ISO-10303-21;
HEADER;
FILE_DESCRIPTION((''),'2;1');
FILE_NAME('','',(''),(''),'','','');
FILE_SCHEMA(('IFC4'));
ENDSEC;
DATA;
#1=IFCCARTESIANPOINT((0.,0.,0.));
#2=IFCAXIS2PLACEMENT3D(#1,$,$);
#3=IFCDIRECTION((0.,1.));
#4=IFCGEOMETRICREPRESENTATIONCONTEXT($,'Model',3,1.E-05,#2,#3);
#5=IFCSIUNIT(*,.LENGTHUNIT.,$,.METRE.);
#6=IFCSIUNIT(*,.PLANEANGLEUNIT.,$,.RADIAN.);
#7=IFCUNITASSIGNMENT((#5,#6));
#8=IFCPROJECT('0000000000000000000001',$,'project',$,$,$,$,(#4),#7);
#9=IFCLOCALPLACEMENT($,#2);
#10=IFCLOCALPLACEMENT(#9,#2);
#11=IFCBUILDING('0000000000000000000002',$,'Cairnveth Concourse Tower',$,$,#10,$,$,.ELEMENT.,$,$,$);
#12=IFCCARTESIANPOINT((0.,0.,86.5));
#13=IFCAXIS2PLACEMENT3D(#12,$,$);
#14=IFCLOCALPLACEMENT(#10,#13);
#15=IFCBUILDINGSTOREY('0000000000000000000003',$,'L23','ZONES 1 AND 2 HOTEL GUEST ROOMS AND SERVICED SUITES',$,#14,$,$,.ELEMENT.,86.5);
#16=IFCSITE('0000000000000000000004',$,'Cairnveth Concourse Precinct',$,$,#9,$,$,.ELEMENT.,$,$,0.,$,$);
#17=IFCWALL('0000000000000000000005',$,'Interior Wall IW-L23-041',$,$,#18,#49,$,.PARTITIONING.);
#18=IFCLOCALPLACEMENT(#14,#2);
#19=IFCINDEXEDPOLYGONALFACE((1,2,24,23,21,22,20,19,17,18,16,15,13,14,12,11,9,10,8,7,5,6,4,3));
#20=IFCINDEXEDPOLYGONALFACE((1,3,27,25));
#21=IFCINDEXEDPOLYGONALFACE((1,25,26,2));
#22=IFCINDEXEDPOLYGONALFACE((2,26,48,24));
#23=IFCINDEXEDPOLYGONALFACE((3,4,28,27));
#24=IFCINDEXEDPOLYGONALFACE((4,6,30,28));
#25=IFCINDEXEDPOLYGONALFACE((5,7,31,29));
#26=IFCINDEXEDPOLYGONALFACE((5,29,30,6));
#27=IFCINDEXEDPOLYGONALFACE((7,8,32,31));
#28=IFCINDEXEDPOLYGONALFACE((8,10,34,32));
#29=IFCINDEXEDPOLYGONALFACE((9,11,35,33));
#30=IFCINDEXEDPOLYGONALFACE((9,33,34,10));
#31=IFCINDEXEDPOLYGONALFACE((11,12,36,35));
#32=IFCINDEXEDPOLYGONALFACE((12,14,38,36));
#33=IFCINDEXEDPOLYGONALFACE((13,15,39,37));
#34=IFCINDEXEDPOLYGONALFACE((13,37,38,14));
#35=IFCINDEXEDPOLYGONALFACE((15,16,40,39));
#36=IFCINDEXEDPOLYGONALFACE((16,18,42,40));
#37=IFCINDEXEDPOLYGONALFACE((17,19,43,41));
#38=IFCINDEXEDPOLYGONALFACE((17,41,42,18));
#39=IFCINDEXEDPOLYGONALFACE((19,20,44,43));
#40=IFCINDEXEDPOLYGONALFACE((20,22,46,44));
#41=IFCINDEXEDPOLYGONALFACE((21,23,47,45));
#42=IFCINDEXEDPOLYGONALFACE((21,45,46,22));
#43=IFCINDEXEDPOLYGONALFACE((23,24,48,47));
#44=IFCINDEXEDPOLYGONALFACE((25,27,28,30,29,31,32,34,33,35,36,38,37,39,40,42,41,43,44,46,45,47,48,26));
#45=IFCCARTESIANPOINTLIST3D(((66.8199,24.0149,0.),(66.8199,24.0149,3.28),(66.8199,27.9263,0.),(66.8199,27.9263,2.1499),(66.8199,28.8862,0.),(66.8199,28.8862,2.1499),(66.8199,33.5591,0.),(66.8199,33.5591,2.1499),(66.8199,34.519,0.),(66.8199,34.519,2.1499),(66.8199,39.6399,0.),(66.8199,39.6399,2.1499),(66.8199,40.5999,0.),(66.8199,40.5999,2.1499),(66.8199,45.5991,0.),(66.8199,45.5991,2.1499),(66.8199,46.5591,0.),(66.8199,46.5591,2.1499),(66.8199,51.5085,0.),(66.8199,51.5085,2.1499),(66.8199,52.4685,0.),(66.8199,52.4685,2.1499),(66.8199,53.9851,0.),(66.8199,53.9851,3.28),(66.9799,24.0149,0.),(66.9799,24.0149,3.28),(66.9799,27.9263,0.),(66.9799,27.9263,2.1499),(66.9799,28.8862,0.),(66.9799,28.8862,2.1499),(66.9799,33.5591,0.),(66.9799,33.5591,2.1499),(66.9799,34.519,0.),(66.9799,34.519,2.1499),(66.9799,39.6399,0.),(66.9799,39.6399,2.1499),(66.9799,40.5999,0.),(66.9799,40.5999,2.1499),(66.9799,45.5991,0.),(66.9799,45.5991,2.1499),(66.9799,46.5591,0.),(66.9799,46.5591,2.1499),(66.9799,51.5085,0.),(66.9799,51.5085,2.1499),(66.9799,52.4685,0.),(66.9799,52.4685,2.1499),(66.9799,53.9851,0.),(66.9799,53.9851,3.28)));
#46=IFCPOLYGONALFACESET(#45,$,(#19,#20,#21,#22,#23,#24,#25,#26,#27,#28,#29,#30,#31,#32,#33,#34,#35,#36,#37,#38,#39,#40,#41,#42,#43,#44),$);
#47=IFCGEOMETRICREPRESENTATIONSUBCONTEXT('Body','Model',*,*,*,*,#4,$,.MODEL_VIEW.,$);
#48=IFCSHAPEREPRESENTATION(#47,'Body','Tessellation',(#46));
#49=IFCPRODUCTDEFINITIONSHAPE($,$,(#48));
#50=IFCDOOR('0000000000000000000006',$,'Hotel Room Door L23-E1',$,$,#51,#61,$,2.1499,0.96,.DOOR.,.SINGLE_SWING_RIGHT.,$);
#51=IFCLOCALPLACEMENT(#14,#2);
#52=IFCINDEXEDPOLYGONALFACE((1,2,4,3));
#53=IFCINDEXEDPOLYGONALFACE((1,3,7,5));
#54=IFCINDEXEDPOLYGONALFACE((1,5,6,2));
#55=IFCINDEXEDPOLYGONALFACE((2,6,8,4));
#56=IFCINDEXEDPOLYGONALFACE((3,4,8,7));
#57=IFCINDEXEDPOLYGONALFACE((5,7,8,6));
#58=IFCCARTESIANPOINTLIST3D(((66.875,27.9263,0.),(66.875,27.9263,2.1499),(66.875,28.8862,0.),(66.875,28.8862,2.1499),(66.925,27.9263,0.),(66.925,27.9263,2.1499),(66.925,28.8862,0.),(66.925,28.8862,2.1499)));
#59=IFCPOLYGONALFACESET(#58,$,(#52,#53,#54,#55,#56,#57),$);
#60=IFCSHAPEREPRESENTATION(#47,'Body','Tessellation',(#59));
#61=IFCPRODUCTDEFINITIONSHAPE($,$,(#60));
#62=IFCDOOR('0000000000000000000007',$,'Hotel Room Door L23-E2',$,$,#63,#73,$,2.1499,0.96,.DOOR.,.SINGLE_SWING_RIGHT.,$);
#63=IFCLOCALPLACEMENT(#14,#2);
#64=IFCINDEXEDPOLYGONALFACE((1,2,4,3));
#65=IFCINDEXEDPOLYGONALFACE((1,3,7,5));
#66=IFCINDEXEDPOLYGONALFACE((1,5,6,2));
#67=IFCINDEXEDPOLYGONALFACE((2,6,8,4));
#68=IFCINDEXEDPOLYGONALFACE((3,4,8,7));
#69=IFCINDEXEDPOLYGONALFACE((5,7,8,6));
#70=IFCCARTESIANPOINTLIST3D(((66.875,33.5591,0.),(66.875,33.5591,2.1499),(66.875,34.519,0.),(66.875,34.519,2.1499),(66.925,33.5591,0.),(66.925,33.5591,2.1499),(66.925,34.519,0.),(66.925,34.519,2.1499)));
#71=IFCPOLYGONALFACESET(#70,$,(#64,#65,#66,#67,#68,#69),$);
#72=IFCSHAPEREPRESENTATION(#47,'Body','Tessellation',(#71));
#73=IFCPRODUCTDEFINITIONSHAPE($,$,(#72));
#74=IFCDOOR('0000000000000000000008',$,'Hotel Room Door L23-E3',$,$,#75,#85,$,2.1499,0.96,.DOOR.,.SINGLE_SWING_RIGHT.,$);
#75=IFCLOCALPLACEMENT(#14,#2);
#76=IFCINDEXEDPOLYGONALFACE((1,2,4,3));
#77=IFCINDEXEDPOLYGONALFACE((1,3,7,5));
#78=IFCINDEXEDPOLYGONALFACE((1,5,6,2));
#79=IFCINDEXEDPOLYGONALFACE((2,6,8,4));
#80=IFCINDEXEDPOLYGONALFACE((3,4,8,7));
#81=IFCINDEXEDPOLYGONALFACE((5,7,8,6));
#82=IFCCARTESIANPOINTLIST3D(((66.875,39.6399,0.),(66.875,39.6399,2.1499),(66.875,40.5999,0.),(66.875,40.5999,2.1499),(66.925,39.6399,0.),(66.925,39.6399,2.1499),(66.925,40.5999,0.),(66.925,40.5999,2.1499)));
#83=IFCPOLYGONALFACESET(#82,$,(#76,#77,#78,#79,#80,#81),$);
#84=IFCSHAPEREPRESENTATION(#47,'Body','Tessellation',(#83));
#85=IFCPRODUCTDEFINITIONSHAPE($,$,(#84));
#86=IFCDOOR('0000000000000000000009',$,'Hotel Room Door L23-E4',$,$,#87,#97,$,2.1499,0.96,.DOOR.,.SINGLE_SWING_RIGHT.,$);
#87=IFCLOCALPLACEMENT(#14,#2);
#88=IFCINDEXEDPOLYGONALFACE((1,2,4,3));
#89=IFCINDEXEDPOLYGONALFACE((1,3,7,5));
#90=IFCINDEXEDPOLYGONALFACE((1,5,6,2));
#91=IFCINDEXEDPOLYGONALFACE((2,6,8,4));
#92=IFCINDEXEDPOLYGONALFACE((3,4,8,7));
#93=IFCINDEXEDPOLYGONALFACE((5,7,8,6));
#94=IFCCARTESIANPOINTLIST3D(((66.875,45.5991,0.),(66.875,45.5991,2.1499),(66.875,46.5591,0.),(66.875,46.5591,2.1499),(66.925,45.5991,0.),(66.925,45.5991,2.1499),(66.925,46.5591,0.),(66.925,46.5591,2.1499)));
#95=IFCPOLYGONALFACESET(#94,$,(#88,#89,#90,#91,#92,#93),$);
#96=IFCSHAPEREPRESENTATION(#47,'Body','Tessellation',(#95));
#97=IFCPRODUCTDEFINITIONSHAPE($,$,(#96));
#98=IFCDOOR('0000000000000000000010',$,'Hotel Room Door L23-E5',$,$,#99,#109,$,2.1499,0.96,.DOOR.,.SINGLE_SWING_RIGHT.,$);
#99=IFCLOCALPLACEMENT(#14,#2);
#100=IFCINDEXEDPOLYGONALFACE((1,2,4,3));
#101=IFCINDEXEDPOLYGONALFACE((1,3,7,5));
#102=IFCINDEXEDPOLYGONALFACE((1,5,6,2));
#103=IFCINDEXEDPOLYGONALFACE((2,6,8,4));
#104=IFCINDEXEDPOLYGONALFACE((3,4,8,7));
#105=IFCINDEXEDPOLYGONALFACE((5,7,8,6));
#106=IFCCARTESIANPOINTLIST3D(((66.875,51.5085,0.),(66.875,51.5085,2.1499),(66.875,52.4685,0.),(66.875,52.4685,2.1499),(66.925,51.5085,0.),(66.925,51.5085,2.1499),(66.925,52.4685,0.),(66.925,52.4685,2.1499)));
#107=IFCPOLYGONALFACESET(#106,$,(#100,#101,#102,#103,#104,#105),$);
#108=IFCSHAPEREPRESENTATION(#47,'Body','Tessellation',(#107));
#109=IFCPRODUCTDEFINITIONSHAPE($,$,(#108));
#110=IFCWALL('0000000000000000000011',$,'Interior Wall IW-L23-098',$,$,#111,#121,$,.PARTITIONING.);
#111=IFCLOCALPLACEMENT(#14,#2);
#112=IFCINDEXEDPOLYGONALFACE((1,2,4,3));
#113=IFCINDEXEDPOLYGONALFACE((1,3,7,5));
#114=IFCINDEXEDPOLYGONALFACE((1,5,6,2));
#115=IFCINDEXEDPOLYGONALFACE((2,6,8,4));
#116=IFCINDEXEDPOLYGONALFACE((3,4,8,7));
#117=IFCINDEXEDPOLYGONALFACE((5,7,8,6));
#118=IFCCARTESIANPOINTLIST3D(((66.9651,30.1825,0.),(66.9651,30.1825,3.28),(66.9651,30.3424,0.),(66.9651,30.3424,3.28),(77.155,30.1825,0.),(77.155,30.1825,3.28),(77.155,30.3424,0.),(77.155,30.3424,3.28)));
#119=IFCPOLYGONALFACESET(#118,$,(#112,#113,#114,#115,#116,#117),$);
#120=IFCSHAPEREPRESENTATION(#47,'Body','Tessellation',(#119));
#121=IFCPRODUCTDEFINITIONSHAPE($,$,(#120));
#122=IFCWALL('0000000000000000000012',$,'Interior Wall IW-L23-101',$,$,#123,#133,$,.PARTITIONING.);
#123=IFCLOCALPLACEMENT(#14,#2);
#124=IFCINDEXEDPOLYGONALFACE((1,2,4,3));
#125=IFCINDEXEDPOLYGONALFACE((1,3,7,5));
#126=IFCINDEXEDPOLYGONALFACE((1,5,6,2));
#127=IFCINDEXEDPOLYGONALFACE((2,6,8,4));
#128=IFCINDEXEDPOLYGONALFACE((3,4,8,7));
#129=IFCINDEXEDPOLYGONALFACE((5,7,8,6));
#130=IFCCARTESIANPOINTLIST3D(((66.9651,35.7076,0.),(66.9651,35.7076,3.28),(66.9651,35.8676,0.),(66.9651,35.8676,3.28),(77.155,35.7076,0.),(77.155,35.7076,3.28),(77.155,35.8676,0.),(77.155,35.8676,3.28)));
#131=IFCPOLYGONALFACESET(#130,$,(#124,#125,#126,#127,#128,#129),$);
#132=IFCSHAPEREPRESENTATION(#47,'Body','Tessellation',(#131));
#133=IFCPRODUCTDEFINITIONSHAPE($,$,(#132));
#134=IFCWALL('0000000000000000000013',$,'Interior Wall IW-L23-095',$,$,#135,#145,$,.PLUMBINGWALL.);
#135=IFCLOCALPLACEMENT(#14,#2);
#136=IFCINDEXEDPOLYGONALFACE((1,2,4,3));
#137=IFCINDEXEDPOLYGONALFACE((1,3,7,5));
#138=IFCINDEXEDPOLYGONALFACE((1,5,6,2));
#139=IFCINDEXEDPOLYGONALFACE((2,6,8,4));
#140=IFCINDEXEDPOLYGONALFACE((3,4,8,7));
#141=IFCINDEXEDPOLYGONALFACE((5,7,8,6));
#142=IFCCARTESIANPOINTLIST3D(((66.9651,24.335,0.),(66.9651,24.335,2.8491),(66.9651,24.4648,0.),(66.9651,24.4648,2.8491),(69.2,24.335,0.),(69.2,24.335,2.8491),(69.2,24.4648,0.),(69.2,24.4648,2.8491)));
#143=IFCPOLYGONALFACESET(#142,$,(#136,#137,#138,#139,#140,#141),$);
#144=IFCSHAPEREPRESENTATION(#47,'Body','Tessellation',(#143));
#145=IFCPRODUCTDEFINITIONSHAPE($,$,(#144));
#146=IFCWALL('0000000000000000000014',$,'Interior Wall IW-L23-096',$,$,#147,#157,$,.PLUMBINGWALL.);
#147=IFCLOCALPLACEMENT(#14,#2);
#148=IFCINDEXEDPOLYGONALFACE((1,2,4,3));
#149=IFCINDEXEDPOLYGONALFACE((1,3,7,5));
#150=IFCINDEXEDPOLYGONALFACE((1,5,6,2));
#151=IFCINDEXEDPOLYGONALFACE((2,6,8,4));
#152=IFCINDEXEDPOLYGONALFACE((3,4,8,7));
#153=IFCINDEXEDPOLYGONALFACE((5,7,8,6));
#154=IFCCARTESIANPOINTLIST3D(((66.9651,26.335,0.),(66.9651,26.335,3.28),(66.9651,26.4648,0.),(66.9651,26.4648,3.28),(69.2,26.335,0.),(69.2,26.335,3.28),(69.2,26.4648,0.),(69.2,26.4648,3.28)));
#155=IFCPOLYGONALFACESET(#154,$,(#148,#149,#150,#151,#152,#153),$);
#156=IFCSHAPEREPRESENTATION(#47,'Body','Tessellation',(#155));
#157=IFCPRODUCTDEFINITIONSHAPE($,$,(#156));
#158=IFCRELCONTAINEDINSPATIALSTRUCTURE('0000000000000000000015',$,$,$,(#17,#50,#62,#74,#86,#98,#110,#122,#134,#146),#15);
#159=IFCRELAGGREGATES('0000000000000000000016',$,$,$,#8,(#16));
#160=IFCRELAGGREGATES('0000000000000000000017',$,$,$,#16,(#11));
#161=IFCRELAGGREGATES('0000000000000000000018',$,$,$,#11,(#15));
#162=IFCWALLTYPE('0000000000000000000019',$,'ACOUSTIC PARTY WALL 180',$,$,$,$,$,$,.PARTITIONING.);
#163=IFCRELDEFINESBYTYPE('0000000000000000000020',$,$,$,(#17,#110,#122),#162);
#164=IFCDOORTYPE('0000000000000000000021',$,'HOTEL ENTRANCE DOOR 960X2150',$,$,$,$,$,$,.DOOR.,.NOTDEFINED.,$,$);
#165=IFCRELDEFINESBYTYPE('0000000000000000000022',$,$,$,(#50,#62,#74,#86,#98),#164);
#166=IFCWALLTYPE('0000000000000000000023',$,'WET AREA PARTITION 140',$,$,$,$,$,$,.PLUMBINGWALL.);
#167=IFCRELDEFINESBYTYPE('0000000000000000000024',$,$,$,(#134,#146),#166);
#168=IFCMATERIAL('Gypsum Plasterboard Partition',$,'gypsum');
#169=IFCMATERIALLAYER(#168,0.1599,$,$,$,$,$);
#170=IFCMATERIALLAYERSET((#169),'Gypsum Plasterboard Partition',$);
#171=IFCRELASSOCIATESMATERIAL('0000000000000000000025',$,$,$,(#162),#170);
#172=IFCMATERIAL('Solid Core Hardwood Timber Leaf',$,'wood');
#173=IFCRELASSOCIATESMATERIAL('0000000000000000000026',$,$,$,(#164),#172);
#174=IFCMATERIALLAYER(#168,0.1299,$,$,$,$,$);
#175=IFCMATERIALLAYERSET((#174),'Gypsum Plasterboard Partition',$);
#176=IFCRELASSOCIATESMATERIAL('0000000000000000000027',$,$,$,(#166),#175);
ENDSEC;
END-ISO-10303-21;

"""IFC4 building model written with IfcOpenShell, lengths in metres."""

from ifc_helpers import new_model, si_unit, direction, frame, frame_2d, origin, place, context, subcontext, project, spatial, rectangle, extrude, material, layer, layer_set, type_object, element, fill, save


model = new_model("IFC4")

# Units and contexts
model_context = context("Model", 3, precision=1e-05, world=origin(), true_north=direction((0.0, 1.0)))
body_context = subcontext(model_context, "Body", "Model", "MODEL_VIEW")
ifc_project = project(units=[si_unit("LENGTHUNIT", "METRE"), si_unit("PLANEANGLEUNIT", "RADIAN")], contexts=[model_context])

# Site, building, storey
site_placement = place(None, origin())
site = spatial("IfcSite", under=ifc_project, at=site_placement, Name="Cairnveth Concourse Precinct", CompositionType="ELEMENT", RefElevation=0.0)
building_placement = place(site_placement, origin())
building = spatial("IfcBuilding", under=site, at=building_placement, Name="Cairnveth Concourse Tower", CompositionType="ELEMENT")
storey_placement = place(building_placement, frame((0.0, 0.0, 86.5)))
storey = spatial("IfcBuildingStorey", under=building, at=storey_placement, Name="L23", Description="ZONES 1 AND 2 HOTEL GUEST ROOMS AND SERVICED SUITES", CompositionType="ELEMENT", Elevation=86.5)

# Wall, openings, doors
ifc_material_1 = material(Name="Gypsum Plasterboard Partition", Category="gypsum")
ifc_layer_1 = layer(ifc_material_1, 0.1599)
ifc_layer_set_1 = layer_set([ifc_layer_1], Name="Gypsum Plasterboard Partition")
wall_type_1 = type_object("IfcWallType", Name="ACOUSTIC PARTY WALL 180", PredefinedType="PARTITIONING", material=ifc_layer_set_1)
wall_1_placement = place(storey_placement, frame((66.8999, 24.0149, 0.0), z_axis=(0.0, 0.0, 1.0), x_axis=(0.0, 1.0, 0.0)))
wall_1 = element("IfcWall", 1, at=wall_1_placement, inside=storey, type_object=wall_type_1, Name="Interior Wall IW-L23-041", PredefinedType="PARTITIONING", context=body_context, shape_type="SweptSolid", body=[
    extrude(rectangle(XDim=29.9702, YDim=0.1599, at=frame_2d((14.9851, 0.0))), origin(), (0.0, 0.0, 1.0), 3.28),
])
opening_1_placement = place(wall_1_placement, frame((3.9114, 0.0, 0.0)))
opening_1 = element("IfcOpeningElement", 2, at=opening_1_placement, cuts=wall_1, PredefinedType="OPENING", context=body_context, shape_type="SweptSolid", body=[
    extrude(rectangle(XDim=0.96, YDim=2.1499, at=frame_2d((0.48, 1.075))), frame((0.0, 0.0898, 0.0), z_axis=(0.0, -1.0, 0.0), x_axis=(1.0, 0.0, 0.0)), (0.0, 0.0, 1.0), 0.1799),
])
opening_2_placement = place(wall_1_placement, frame((9.5442, 0.0, 0.0)))
opening_2 = element("IfcOpeningElement", 3, at=opening_2_placement, cuts=wall_1, PredefinedType="OPENING", context=body_context, shape_type="SweptSolid", body=[
    extrude(rectangle(XDim=0.96, YDim=2.1499, at=frame_2d((0.48, 1.075))), frame((0.0, 0.0898, 0.0), z_axis=(0.0, -1.0, 0.0), x_axis=(1.0, 0.0, 0.0)), (0.0, 0.0, 1.0), 0.1799),
])
opening_3_placement = place(wall_1_placement, frame((15.625, 0.0, 0.0)))
opening_3 = element("IfcOpeningElement", 4, at=opening_3_placement, cuts=wall_1, PredefinedType="OPENING", context=body_context, shape_type="SweptSolid", body=[
    extrude(rectangle(XDim=0.96, YDim=2.1499, at=frame_2d((0.48, 1.075))), frame((0.0, 0.0898, 0.0), z_axis=(0.0, -1.0, 0.0), x_axis=(1.0, 0.0, 0.0)), (0.0, 0.0, 1.0), 0.1799),
])
opening_4_placement = place(wall_1_placement, frame((21.5842, 0.0, 0.0)))
opening_4 = element("IfcOpeningElement", 5, at=opening_4_placement, cuts=wall_1, PredefinedType="OPENING", context=body_context, shape_type="SweptSolid", body=[
    extrude(rectangle(XDim=0.96, YDim=2.1499, at=frame_2d((0.48, 1.075))), frame((0.0, 0.0898, 0.0), z_axis=(0.0, -1.0, 0.0), x_axis=(1.0, 0.0, 0.0)), (0.0, 0.0, 1.0), 0.1799),
])
opening_5_placement = place(wall_1_placement, frame((27.4937, 0.0, 0.0)))
opening_5 = element("IfcOpeningElement", 6, at=opening_5_placement, cuts=wall_1, PredefinedType="OPENING", context=body_context, shape_type="SweptSolid", body=[
    extrude(rectangle(XDim=0.96, YDim=2.1499, at=frame_2d((0.48, 1.075))), frame((0.0, 0.0898, 0.0), z_axis=(0.0, -1.0, 0.0), x_axis=(1.0, 0.0, 0.0)), (0.0, 0.0, 1.0), 0.1799),
])
ifc_material_2 = material(Name="Solid Core Hardwood Timber Leaf", Category="wood")
door_type_1 = type_object("IfcDoorType", Name="HOTEL ENTRANCE DOOR 960X2150", OperationType="NOTDEFINED", PredefinedType="DOOR", material=ifc_material_2)
door_1_placement = place(opening_1_placement, origin())
door_1 = element("IfcDoor", 7, at=door_1_placement, inside=storey, type_object=door_type_1, Name="Hotel Room Door L23-E1", OperationType="SINGLE_SWING_RIGHT", OverallHeight=2.1499, OverallWidth=0.96, PredefinedType="DOOR", context=body_context, shape_type="SweptSolid", body=[
    extrude(rectangle(XDim=0.96, YDim=2.1499, at=frame_2d((0.48, 1.075))), frame((0.0, 0.0249, 0.0), z_axis=(0.0, -1.0, 0.0), x_axis=(1.0, 0.0, 0.0)), (0.0, 0.0, 1.0), 0.05),
])
fill(opening_1, door_1)
door_2_placement = place(opening_2_placement, origin())
door_2 = element("IfcDoor", 8, at=door_2_placement, inside=storey, type_object=door_type_1, Name="Hotel Room Door L23-E2", OperationType="SINGLE_SWING_RIGHT", OverallHeight=2.1499, OverallWidth=0.96, PredefinedType="DOOR", context=body_context, shape_type="SweptSolid", body=[
    extrude(rectangle(XDim=0.96, YDim=2.1499, at=frame_2d((0.48, 1.075))), frame((0.0, 0.0249, 0.0), z_axis=(0.0, -1.0, 0.0), x_axis=(1.0, 0.0, 0.0)), (0.0, 0.0, 1.0), 0.05),
])
fill(opening_2, door_2)
door_3_placement = place(opening_3_placement, origin())
door_3 = element("IfcDoor", 9, at=door_3_placement, inside=storey, type_object=door_type_1, Name="Hotel Room Door L23-E3", OperationType="SINGLE_SWING_RIGHT", OverallHeight=2.1499, OverallWidth=0.96, PredefinedType="DOOR", context=body_context, shape_type="SweptSolid", body=[
    extrude(rectangle(XDim=0.96, YDim=2.1499, at=frame_2d((0.48, 1.075))), frame((0.0, 0.0249, 0.0), z_axis=(0.0, -1.0, 0.0), x_axis=(1.0, 0.0, 0.0)), (0.0, 0.0, 1.0), 0.05),
])
fill(opening_3, door_3)
door_4_placement = place(opening_4_placement, origin())
door_4 = element("IfcDoor", 10, at=door_4_placement, inside=storey, type_object=door_type_1, Name="Hotel Room Door L23-E4", OperationType="SINGLE_SWING_RIGHT", OverallHeight=2.1499, OverallWidth=0.96, PredefinedType="DOOR", context=body_context, shape_type="SweptSolid", body=[
    extrude(rectangle(XDim=0.96, YDim=2.1499, at=frame_2d((0.48, 1.075))), frame((0.0, 0.0249, 0.0), z_axis=(0.0, -1.0, 0.0), x_axis=(1.0, 0.0, 0.0)), (0.0, 0.0, 1.0), 0.05),
])
fill(opening_4, door_4)
door_5_placement = place(opening_5_placement, origin())
door_5 = element("IfcDoor", 11, at=door_5_placement, inside=storey, type_object=door_type_1, Name="Hotel Room Door L23-E5", OperationType="SINGLE_SWING_RIGHT", OverallHeight=2.1499, OverallWidth=0.96, PredefinedType="DOOR", context=body_context, shape_type="SweptSolid", body=[
    extrude(rectangle(XDim=0.96, YDim=2.1499, at=frame_2d((0.48, 1.075))), frame((0.0, 0.0249, 0.0), z_axis=(0.0, -1.0, 0.0), x_axis=(1.0, 0.0, 0.0)), (0.0, 0.0, 1.0), 0.05),
])
fill(opening_5, door_5)

# Walls
for number, where, z_axis, x_axis, name in (
    (12, (66.9651, 30.2625, 0.0), (0.0, 0.0, 1.0), (1.0, 0.0, 0.0), "Interior Wall IW-L23-098"),
    (13, (66.9651, 35.7876, 0.0), (0.0, 0.0, 1.0), (1.0, 0.0, 0.0), "Interior Wall IW-L23-101"),
):
    element("IfcWall", number, at=place(storey_placement, frame(where, z_axis=z_axis, x_axis=x_axis)), inside=storey, type_object=wall_type_1, Name=name, PredefinedType="PARTITIONING", context=body_context, shape_type="SweptSolid", body=[
        extrude(rectangle(XDim=10.1899, YDim=0.1599, at=frame_2d((5.095, 0.0))), origin(), (0.0, 0.0, 1.0), 3.28),
    ])
ifc_layer_2 = layer(ifc_material_1, 0.1299)
ifc_layer_set_2 = layer_set([ifc_layer_2], Name="Gypsum Plasterboard Partition")
wall_type_2 = type_object("IfcWallType", Name="WET AREA PARTITION 140", PredefinedType="PLUMBINGWALL", material=ifc_layer_set_2)
wall_2_placement = place(storey_placement, frame((66.9651, 24.3999, 0.0), z_axis=(0.0, 0.0, 1.0), x_axis=(1.0, 0.0, 0.0)))
element("IfcWall", 14, at=wall_2_placement, inside=storey, type_object=wall_type_2, Name="Interior Wall IW-L23-095", PredefinedType="PLUMBINGWALL", context=body_context, shape_type="SweptSolid", body=[
    extrude(rectangle(XDim=2.2349, YDim=0.1299, at=frame_2d((1.1174, 0.0))), origin(), (0.0, 0.0, 1.0), 2.8491),
])
wall_3_placement = place(storey_placement, frame((66.9651, 26.3999, 0.0), z_axis=(0.0, 0.0, 1.0), x_axis=(1.0, 0.0, 0.0)))
element("IfcWall", 15, at=wall_3_placement, inside=storey, type_object=wall_type_2, Name="Interior Wall IW-L23-096", PredefinedType="PLUMBINGWALL", context=body_context, shape_type="SweptSolid", body=[
    extrude(rectangle(XDim=2.2349, YDim=0.1299, at=frame_2d((1.1174, 0.0))), origin(), (0.0, 0.0, 1.0), 3.28),
])

save(model, "model.ifc")
